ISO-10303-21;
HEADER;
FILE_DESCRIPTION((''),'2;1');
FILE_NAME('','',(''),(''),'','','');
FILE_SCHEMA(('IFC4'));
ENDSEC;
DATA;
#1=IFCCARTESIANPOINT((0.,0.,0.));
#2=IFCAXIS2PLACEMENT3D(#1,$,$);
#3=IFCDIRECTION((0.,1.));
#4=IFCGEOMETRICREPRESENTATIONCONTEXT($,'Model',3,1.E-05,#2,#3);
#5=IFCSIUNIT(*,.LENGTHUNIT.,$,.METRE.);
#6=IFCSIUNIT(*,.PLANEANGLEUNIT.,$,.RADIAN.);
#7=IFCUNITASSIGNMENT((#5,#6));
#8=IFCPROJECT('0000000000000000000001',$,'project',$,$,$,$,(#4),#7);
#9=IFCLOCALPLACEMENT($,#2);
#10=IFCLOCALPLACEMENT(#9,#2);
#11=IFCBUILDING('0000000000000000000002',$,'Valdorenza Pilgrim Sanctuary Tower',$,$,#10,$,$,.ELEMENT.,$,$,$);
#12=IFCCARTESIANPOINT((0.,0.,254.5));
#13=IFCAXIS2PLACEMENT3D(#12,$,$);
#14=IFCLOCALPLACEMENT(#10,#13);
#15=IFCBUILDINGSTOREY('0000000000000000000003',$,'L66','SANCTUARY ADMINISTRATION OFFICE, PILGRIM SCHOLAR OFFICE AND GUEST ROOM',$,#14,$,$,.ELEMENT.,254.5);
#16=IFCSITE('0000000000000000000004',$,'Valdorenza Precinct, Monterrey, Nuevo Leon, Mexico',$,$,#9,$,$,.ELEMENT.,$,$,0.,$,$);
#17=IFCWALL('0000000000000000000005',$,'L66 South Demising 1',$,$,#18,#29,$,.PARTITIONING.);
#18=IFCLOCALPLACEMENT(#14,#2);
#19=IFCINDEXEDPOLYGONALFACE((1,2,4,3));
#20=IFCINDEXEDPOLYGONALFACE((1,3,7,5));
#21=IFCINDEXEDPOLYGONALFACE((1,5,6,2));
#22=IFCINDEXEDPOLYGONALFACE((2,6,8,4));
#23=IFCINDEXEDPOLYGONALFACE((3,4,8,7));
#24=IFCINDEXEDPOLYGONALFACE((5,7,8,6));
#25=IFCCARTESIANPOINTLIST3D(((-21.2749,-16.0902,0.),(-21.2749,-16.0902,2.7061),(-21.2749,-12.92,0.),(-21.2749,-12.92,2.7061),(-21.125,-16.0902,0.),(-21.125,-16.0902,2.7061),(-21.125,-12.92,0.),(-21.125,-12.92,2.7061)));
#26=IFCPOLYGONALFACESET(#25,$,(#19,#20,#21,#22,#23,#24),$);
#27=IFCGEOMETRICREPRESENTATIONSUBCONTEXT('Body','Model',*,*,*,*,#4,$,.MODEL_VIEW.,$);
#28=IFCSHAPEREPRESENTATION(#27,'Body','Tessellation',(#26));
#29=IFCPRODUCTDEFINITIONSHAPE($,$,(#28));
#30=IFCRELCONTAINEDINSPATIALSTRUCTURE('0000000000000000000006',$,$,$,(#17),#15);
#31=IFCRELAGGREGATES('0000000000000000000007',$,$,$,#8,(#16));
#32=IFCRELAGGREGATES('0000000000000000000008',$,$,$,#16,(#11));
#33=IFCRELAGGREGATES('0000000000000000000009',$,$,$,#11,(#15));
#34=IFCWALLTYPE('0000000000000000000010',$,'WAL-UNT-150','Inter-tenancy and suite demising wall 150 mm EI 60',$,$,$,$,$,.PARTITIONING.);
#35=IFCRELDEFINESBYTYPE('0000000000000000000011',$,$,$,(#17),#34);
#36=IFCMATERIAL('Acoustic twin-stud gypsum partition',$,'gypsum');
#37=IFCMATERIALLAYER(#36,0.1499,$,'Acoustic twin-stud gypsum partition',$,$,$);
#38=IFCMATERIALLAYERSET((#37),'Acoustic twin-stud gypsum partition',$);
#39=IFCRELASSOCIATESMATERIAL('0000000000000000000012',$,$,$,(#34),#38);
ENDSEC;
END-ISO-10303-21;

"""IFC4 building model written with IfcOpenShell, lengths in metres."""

from ifc_helpers import new_model, si_unit, direction, frame, frame_2d, origin, place, context, subcontext, project, spatial, rectangle, extrude, material, layer, layer_set, type_object, element, save


model = new_model("IFC4")

# Units and contexts
model_context = context("Model", 3, precision=1e-05, world=origin(), true_north=direction((0.0, 1.0)))
body_context = subcontext(model_context, "Body", "Model", "MODEL_VIEW")
ifc_project = project(units=[si_unit("LENGTHUNIT", "METRE"), si_unit("PLANEANGLEUNIT", "RADIAN")], contexts=[model_context])

# Site, building, storey
site_placement = place(None, origin())
site = spatial("IfcSite", under=ifc_project, at=site_placement, Name="Valdorenza Precinct, Monterrey, Nuevo Leon, Mexico", CompositionType="ELEMENT", RefElevation=0.0)
building_placement = place(site_placement, origin())
building = spatial("IfcBuilding", under=site, at=building_placement, Name="Valdorenza Pilgrim Sanctuary Tower", CompositionType="ELEMENT")
storey_placement = place(building_placement, frame((0.0, 0.0, 254.5)))
storey = spatial("IfcBuildingStorey", under=building, at=storey_placement, Name="L66", Description="SANCTUARY ADMINISTRATION OFFICE, PILGRIM SCHOLAR OFFICE AND GUEST ROOM", CompositionType="ELEMENT", Elevation=254.5)

# Shared definitions
ifc_material_1 = material(Name="Acoustic twin-stud gypsum partition", Category="gypsum")

# Wall
ifc_layer_1 = layer(ifc_material_1, 0.1499, Name="Acoustic twin-stud gypsum partition")
ifc_layer_set_1 = layer_set([ifc_layer_1], Name="Acoustic twin-stud gypsum partition")
wall_type_1 = type_object("IfcWallType", Name="WAL-UNT-150", Description="Inter-tenancy and suite demising wall 150 mm EI 60", PredefinedType="PARTITIONING", material=ifc_layer_set_1)
wall_1_placement = place(storey_placement, frame((-21.2, -16.0901, 0.0), z_axis=(0.0, 0.0, 1.0), x_axis=(0.0, 1.0, 0.0)))
element("IfcWall", 1, at=wall_1_placement, inside=storey, type_object=wall_type_1, Name="L66 South Demising 1", PredefinedType="PARTITIONING", context=body_context, shape_type="SweptSolid", body=[
    extrude(rectangle(XDim=3.1702, YDim=0.1499, at=frame_2d((1.585, 0.0))), origin(), (0.0, 0.0, 1.0), 2.7061),
])

save(model, "model.ifc")
